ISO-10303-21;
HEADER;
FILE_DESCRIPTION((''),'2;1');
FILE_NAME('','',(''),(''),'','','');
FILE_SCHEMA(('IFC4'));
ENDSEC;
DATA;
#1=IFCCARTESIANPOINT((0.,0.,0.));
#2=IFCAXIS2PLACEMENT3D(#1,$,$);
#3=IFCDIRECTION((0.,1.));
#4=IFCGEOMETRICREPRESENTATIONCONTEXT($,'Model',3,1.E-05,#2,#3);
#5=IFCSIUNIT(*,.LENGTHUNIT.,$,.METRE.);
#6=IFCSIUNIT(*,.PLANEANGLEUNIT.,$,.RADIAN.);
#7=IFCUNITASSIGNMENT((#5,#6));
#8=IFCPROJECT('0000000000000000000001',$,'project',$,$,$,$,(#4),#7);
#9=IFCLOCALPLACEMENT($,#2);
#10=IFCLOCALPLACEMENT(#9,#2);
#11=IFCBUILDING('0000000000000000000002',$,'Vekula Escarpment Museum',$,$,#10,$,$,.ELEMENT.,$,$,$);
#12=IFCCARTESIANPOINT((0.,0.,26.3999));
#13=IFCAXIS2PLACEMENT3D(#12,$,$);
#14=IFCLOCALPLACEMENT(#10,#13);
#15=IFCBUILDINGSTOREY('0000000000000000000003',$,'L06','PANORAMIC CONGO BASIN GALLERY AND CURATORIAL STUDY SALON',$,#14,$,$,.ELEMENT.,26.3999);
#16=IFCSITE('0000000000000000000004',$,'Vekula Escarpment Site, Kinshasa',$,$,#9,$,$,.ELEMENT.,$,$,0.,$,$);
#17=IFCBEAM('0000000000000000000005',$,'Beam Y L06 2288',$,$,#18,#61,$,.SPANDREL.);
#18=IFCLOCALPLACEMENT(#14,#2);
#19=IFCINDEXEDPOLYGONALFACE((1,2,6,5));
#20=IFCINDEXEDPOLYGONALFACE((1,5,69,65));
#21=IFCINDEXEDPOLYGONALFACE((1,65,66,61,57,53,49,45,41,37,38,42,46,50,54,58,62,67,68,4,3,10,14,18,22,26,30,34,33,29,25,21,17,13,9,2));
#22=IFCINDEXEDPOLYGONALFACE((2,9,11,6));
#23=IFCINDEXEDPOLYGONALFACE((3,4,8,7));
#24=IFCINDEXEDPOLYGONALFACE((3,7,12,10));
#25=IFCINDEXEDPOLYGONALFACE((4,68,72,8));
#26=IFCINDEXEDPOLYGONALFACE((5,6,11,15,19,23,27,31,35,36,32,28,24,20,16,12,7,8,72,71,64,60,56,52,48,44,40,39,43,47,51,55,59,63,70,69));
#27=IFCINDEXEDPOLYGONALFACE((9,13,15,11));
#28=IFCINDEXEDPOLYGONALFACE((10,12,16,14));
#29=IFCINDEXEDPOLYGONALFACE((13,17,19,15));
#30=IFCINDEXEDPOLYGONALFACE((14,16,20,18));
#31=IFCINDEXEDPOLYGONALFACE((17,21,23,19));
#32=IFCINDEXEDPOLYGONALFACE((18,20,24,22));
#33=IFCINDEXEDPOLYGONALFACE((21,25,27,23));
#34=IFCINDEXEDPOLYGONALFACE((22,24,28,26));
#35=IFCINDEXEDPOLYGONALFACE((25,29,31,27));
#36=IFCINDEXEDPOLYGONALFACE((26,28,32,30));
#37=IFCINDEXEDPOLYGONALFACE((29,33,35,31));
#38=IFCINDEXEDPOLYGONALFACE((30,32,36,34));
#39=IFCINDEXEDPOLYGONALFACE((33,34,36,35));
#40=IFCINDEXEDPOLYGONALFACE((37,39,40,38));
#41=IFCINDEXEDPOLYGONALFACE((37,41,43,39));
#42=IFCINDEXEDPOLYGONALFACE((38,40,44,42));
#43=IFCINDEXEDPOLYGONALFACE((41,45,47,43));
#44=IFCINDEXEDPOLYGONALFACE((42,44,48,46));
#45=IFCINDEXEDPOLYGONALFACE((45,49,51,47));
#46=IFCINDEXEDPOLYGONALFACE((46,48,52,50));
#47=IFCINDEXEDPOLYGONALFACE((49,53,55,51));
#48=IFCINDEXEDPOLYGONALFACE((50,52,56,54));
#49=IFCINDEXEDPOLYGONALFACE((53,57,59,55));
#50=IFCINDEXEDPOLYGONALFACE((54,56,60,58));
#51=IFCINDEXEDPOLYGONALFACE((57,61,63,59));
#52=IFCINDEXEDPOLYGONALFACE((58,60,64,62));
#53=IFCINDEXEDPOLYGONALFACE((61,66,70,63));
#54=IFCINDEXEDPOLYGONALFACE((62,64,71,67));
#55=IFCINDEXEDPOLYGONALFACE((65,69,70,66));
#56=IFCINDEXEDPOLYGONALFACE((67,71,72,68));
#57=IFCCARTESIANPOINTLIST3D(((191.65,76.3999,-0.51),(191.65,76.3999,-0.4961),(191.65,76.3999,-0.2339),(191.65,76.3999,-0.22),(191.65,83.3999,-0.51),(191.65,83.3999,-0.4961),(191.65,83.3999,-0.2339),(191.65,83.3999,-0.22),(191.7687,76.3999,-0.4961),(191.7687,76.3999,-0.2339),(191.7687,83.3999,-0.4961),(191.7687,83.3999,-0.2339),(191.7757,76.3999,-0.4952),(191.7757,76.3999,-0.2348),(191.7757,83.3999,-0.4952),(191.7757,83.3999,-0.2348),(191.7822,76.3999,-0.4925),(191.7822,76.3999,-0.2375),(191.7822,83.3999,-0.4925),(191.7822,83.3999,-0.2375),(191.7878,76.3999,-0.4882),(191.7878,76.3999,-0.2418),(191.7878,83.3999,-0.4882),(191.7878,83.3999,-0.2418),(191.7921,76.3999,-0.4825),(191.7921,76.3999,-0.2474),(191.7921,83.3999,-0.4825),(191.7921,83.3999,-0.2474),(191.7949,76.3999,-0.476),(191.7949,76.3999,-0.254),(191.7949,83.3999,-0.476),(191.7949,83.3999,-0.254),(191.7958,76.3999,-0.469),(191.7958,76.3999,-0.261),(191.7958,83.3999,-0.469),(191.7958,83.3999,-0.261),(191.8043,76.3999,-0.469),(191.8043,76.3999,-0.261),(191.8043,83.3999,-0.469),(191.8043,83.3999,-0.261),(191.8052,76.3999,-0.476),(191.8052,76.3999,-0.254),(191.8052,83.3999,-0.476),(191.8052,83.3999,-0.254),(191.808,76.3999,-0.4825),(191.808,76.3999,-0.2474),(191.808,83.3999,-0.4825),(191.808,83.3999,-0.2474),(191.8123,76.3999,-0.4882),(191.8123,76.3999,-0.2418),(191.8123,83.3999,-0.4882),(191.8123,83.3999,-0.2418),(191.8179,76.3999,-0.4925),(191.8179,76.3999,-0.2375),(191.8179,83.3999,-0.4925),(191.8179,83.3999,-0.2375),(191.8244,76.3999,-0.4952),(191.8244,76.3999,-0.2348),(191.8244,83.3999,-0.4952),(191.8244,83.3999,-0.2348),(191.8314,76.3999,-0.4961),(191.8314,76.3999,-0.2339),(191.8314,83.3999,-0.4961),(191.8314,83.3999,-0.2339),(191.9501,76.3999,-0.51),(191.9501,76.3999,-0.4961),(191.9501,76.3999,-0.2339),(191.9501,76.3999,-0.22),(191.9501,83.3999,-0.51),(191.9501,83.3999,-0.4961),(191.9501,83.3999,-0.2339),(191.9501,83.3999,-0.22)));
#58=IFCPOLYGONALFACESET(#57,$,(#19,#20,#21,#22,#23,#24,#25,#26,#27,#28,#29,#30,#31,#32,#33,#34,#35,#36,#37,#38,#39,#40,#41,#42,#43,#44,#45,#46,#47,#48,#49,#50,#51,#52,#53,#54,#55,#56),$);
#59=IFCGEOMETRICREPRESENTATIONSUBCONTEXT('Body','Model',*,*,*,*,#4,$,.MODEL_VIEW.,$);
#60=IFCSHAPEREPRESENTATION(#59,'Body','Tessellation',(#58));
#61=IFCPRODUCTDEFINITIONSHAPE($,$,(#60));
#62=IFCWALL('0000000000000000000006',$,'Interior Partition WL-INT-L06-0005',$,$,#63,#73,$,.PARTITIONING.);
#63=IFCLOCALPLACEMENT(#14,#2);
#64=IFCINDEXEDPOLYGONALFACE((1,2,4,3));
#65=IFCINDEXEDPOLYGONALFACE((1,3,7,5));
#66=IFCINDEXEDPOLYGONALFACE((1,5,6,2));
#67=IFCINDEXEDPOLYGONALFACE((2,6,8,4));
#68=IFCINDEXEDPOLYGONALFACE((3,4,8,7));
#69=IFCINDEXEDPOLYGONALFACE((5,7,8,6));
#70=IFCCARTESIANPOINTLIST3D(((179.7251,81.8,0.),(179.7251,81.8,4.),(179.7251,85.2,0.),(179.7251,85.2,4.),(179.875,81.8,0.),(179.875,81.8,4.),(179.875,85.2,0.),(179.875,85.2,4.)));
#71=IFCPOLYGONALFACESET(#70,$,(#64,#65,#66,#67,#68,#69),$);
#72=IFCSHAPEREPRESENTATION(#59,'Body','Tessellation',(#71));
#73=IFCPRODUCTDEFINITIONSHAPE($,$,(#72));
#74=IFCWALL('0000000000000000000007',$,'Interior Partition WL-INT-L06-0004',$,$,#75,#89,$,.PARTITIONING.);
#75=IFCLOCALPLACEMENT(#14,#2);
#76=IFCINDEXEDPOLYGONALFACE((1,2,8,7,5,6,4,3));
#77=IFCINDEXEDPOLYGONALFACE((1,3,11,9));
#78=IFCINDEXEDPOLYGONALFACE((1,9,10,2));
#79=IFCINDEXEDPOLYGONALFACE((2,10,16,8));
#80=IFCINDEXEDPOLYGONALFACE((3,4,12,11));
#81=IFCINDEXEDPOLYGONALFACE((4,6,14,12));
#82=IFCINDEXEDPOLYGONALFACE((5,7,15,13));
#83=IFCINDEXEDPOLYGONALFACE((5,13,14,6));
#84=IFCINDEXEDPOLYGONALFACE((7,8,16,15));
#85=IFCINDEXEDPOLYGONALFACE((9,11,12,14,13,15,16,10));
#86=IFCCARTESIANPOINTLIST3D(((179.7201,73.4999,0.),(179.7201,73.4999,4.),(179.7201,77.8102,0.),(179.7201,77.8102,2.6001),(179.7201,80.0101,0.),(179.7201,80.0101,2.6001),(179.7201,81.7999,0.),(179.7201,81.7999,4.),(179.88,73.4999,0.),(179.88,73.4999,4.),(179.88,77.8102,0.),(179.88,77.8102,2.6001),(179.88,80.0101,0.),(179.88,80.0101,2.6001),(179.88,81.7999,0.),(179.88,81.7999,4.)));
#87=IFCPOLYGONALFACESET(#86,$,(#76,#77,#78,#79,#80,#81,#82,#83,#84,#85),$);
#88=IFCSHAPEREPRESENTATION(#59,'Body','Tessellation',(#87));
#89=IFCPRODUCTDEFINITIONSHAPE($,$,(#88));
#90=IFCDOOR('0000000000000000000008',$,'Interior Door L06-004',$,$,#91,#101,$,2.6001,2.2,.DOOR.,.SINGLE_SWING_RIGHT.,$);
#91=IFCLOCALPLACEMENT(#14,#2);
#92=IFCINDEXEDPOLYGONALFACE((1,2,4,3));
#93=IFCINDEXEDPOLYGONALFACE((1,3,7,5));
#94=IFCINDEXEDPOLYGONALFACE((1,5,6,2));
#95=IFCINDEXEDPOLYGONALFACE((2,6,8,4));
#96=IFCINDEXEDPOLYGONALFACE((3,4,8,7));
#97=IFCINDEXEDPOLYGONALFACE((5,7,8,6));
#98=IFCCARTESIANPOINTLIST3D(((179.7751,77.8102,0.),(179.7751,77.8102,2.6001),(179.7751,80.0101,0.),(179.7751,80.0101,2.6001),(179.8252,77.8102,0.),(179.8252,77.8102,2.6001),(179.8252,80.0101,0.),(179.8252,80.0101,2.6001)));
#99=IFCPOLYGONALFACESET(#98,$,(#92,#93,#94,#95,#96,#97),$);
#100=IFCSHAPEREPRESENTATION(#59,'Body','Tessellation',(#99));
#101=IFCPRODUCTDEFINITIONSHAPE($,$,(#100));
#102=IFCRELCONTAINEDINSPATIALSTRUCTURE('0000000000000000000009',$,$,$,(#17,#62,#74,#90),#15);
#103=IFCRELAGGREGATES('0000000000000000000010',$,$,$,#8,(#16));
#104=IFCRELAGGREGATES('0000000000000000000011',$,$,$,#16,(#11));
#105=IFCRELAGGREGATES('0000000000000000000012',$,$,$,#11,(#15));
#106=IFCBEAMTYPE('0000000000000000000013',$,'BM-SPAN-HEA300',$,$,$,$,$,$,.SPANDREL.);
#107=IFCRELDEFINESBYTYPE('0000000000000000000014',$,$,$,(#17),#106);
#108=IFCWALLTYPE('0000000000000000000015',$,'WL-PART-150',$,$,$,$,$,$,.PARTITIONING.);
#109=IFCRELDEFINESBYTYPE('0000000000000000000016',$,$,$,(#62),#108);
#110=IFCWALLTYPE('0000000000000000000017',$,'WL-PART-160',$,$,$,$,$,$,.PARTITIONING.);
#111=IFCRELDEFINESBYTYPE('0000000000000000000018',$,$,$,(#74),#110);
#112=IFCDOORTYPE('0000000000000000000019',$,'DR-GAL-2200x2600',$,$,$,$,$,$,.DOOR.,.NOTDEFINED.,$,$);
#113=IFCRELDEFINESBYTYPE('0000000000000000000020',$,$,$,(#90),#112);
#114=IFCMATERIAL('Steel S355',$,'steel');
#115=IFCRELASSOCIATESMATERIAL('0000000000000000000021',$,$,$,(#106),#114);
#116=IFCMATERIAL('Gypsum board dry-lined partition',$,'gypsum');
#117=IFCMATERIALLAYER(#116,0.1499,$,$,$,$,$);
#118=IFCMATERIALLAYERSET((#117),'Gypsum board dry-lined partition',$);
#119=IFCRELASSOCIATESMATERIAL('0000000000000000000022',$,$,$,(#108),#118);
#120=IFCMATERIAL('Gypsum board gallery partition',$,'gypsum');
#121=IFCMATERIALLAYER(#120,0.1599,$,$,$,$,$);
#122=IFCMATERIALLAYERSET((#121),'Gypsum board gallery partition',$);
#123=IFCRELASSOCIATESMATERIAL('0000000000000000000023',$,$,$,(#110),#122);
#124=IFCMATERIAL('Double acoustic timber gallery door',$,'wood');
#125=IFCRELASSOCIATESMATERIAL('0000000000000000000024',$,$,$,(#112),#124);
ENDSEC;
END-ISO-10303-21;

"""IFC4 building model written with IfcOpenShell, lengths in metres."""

from ifc_helpers import new_model, si_unit, direction, frame, frame_2d, origin, origin_2d, place, context, subcontext, project, spatial, rectangle, i_section, extrude, material, layer, layer_set, material_profile, profile_set, type_object, element, fill, save


model = new_model("IFC4")

# Units and contexts
model_context = context("Model", 3, precision=1e-05, world=origin(), true_north=direction((0.0, 1.0)))
body_context = subcontext(model_context, "Body", "Model", "MODEL_VIEW")
ifc_project = project(units=[si_unit("LENGTHUNIT", "METRE"), si_unit("PLANEANGLEUNIT", "RADIAN")], contexts=[model_context])

# Site, building, storey
site_placement = place(None, origin())
site = spatial("IfcSite", under=ifc_project, at=site_placement, Name="Vekula Escarpment Site, Kinshasa", CompositionType="ELEMENT", RefElevation=0.0)
building_placement = place(site_placement, origin())
building = spatial("IfcBuilding", under=site, at=building_placement, Name="Vekula Escarpment Museum", CompositionType="ELEMENT")
storey_placement = place(building_placement, frame((0.0, 0.0, 26.3999)))
storey = spatial("IfcBuildingStorey", under=building, at=storey_placement, Name="L06", Description="PANORAMIC CONGO BASIN GALLERY AND CURATORIAL STUDY SALON", CompositionType="ELEMENT", Elevation=26.3999)

# Beam
ifc_material_1 = material(Name="Steel S355", Category="steel")
ifc_material_profile_1 = material_profile(ifc_material_1, i_section(OverallWidth=0.3, OverallDepth=0.29, WebThickness=0.0085, FlangeThickness=0.0139, FilletRadius=0.0271, at=origin_2d()), Name="HEA 300")
ifc_profile_set_1 = profile_set([ifc_material_profile_1], Name="Steel S355")
beam_type_1 = type_object("IfcBeamType", Name="BM-SPAN-HEA300", PredefinedType="SPANDREL", material=ifc_profile_set_1)
beam_1_placement = place(storey_placement, frame((191.8, 76.3999, -0.365), z_axis=(0.0, 1.0, 0.0), x_axis=(-1.0, 0.0, 0.0)))
element("IfcBeam", 1, at=beam_1_placement, inside=storey, type_object=beam_type_1, Name="Beam Y L06 2288", PredefinedType="SPANDREL", context=body_context, shape_type="SweptSolid", body=[
    extrude(i_section(OverallWidth=0.3, OverallDepth=0.29, WebThickness=0.0085, FlangeThickness=0.0139, FilletRadius=0.0271, at=origin_2d()), origin(), (0.0, 0.0, 1.0), 7.0),
])

# Shared definitions
ifc_material_2 = material(Name="Gypsum board dry-lined partition", Category="gypsum")
ifc_layer_1 = layer(ifc_material_2, 0.1499)
ifc_layer_set_1 = layer_set([ifc_layer_1], Name="Gypsum board dry-lined partition")
wall_type_1 = type_object("IfcWallType", Name="WL-PART-150", PredefinedType="PARTITIONING", material=ifc_layer_set_1)

# Wall
wall_1_placement = place(storey_placement, frame((179.8, 81.8, 0.0), z_axis=(0.0, 0.0, 1.0), x_axis=(0.0, 1.0, 0.0)))
element("IfcWall", 2, at=wall_1_placement, inside=storey, type_object=wall_type_1, Name="Interior Partition WL-INT-L06-0005", PredefinedType="PARTITIONING", context=body_context, shape_type="SweptSolid", body=[
    extrude(rectangle(XDim=3.3999, YDim=0.1499, at=frame_2d((1.7, 0.0))), origin(), (0.0, 0.0, 1.0), 4.0),
])

# Wall, opening, door
ifc_material_3 = material(Name="Gypsum board gallery partition", Category="gypsum")
ifc_layer_2 = layer(ifc_material_3, 0.1599)
ifc_layer_set_2 = layer_set([ifc_layer_2], Name="Gypsum board gallery partition")
wall_type_2 = type_object("IfcWallType", Name="WL-PART-160", PredefinedType="PARTITIONING", material=ifc_layer_set_2)
wall_2_placement = place(storey_placement, frame((179.8, 73.5, 0.0), z_axis=(0.0, 0.0, 1.0), x_axis=(0.0, 1.0, 0.0)))
wall_2 = element("IfcWall", 3, at=wall_2_placement, inside=storey, type_object=wall_type_2, Name="Interior Partition WL-INT-L06-0004", PredefinedType="PARTITIONING", context=body_context, shape_type="SweptSolid", body=[
    extrude(rectangle(XDim=8.3, YDim=0.1599, at=frame_2d((4.1499, 0.0))), origin(), (0.0, 0.0, 1.0), 4.0),
])
opening_1_placement = place(wall_2_placement, frame((4.3101, 0.0, 0.0)))
opening_1 = element("IfcOpeningElement", 4, at=opening_1_placement, cuts=wall_2, PredefinedType="OPENING", context=body_context, shape_type="SweptSolid", body=[
    extrude(rectangle(XDim=2.2, YDim=2.6001, at=frame_2d((1.1001, 1.3))), frame((0.0, 0.0898, 0.0), z_axis=(0.0, -1.0, 0.0), x_axis=(1.0, 0.0, 0.0)), (0.0, 0.0, 1.0), 0.1799),
])
ifc_material_4 = material(Name="Double acoustic timber gallery door", Category="wood")
door_type_1 = type_object("IfcDoorType", Name="DR-GAL-2200x2600", OperationType="NOTDEFINED", PredefinedType="DOOR", material=ifc_material_4)
door_1_placement = place(opening_1_placement, origin())
door_1 = element("IfcDoor", 5, at=door_1_placement, inside=storey, type_object=door_type_1, Name="Interior Door L06-004", OperationType="SINGLE_SWING_RIGHT", OverallHeight=2.6001, OverallWidth=2.2, PredefinedType="DOOR", context=body_context, shape_type="SweptSolid", body=[
    extrude(rectangle(XDim=2.2, YDim=2.6001, at=frame_2d((1.1001, 1.3))), frame((0.0, 0.0249, 0.0), z_axis=(0.0, -1.0, 0.0), x_axis=(1.0, 0.0, 0.0)), (0.0, 0.0, 1.0), 0.05),
])
fill(opening_1, door_1)

save(model, "model.ifc")
